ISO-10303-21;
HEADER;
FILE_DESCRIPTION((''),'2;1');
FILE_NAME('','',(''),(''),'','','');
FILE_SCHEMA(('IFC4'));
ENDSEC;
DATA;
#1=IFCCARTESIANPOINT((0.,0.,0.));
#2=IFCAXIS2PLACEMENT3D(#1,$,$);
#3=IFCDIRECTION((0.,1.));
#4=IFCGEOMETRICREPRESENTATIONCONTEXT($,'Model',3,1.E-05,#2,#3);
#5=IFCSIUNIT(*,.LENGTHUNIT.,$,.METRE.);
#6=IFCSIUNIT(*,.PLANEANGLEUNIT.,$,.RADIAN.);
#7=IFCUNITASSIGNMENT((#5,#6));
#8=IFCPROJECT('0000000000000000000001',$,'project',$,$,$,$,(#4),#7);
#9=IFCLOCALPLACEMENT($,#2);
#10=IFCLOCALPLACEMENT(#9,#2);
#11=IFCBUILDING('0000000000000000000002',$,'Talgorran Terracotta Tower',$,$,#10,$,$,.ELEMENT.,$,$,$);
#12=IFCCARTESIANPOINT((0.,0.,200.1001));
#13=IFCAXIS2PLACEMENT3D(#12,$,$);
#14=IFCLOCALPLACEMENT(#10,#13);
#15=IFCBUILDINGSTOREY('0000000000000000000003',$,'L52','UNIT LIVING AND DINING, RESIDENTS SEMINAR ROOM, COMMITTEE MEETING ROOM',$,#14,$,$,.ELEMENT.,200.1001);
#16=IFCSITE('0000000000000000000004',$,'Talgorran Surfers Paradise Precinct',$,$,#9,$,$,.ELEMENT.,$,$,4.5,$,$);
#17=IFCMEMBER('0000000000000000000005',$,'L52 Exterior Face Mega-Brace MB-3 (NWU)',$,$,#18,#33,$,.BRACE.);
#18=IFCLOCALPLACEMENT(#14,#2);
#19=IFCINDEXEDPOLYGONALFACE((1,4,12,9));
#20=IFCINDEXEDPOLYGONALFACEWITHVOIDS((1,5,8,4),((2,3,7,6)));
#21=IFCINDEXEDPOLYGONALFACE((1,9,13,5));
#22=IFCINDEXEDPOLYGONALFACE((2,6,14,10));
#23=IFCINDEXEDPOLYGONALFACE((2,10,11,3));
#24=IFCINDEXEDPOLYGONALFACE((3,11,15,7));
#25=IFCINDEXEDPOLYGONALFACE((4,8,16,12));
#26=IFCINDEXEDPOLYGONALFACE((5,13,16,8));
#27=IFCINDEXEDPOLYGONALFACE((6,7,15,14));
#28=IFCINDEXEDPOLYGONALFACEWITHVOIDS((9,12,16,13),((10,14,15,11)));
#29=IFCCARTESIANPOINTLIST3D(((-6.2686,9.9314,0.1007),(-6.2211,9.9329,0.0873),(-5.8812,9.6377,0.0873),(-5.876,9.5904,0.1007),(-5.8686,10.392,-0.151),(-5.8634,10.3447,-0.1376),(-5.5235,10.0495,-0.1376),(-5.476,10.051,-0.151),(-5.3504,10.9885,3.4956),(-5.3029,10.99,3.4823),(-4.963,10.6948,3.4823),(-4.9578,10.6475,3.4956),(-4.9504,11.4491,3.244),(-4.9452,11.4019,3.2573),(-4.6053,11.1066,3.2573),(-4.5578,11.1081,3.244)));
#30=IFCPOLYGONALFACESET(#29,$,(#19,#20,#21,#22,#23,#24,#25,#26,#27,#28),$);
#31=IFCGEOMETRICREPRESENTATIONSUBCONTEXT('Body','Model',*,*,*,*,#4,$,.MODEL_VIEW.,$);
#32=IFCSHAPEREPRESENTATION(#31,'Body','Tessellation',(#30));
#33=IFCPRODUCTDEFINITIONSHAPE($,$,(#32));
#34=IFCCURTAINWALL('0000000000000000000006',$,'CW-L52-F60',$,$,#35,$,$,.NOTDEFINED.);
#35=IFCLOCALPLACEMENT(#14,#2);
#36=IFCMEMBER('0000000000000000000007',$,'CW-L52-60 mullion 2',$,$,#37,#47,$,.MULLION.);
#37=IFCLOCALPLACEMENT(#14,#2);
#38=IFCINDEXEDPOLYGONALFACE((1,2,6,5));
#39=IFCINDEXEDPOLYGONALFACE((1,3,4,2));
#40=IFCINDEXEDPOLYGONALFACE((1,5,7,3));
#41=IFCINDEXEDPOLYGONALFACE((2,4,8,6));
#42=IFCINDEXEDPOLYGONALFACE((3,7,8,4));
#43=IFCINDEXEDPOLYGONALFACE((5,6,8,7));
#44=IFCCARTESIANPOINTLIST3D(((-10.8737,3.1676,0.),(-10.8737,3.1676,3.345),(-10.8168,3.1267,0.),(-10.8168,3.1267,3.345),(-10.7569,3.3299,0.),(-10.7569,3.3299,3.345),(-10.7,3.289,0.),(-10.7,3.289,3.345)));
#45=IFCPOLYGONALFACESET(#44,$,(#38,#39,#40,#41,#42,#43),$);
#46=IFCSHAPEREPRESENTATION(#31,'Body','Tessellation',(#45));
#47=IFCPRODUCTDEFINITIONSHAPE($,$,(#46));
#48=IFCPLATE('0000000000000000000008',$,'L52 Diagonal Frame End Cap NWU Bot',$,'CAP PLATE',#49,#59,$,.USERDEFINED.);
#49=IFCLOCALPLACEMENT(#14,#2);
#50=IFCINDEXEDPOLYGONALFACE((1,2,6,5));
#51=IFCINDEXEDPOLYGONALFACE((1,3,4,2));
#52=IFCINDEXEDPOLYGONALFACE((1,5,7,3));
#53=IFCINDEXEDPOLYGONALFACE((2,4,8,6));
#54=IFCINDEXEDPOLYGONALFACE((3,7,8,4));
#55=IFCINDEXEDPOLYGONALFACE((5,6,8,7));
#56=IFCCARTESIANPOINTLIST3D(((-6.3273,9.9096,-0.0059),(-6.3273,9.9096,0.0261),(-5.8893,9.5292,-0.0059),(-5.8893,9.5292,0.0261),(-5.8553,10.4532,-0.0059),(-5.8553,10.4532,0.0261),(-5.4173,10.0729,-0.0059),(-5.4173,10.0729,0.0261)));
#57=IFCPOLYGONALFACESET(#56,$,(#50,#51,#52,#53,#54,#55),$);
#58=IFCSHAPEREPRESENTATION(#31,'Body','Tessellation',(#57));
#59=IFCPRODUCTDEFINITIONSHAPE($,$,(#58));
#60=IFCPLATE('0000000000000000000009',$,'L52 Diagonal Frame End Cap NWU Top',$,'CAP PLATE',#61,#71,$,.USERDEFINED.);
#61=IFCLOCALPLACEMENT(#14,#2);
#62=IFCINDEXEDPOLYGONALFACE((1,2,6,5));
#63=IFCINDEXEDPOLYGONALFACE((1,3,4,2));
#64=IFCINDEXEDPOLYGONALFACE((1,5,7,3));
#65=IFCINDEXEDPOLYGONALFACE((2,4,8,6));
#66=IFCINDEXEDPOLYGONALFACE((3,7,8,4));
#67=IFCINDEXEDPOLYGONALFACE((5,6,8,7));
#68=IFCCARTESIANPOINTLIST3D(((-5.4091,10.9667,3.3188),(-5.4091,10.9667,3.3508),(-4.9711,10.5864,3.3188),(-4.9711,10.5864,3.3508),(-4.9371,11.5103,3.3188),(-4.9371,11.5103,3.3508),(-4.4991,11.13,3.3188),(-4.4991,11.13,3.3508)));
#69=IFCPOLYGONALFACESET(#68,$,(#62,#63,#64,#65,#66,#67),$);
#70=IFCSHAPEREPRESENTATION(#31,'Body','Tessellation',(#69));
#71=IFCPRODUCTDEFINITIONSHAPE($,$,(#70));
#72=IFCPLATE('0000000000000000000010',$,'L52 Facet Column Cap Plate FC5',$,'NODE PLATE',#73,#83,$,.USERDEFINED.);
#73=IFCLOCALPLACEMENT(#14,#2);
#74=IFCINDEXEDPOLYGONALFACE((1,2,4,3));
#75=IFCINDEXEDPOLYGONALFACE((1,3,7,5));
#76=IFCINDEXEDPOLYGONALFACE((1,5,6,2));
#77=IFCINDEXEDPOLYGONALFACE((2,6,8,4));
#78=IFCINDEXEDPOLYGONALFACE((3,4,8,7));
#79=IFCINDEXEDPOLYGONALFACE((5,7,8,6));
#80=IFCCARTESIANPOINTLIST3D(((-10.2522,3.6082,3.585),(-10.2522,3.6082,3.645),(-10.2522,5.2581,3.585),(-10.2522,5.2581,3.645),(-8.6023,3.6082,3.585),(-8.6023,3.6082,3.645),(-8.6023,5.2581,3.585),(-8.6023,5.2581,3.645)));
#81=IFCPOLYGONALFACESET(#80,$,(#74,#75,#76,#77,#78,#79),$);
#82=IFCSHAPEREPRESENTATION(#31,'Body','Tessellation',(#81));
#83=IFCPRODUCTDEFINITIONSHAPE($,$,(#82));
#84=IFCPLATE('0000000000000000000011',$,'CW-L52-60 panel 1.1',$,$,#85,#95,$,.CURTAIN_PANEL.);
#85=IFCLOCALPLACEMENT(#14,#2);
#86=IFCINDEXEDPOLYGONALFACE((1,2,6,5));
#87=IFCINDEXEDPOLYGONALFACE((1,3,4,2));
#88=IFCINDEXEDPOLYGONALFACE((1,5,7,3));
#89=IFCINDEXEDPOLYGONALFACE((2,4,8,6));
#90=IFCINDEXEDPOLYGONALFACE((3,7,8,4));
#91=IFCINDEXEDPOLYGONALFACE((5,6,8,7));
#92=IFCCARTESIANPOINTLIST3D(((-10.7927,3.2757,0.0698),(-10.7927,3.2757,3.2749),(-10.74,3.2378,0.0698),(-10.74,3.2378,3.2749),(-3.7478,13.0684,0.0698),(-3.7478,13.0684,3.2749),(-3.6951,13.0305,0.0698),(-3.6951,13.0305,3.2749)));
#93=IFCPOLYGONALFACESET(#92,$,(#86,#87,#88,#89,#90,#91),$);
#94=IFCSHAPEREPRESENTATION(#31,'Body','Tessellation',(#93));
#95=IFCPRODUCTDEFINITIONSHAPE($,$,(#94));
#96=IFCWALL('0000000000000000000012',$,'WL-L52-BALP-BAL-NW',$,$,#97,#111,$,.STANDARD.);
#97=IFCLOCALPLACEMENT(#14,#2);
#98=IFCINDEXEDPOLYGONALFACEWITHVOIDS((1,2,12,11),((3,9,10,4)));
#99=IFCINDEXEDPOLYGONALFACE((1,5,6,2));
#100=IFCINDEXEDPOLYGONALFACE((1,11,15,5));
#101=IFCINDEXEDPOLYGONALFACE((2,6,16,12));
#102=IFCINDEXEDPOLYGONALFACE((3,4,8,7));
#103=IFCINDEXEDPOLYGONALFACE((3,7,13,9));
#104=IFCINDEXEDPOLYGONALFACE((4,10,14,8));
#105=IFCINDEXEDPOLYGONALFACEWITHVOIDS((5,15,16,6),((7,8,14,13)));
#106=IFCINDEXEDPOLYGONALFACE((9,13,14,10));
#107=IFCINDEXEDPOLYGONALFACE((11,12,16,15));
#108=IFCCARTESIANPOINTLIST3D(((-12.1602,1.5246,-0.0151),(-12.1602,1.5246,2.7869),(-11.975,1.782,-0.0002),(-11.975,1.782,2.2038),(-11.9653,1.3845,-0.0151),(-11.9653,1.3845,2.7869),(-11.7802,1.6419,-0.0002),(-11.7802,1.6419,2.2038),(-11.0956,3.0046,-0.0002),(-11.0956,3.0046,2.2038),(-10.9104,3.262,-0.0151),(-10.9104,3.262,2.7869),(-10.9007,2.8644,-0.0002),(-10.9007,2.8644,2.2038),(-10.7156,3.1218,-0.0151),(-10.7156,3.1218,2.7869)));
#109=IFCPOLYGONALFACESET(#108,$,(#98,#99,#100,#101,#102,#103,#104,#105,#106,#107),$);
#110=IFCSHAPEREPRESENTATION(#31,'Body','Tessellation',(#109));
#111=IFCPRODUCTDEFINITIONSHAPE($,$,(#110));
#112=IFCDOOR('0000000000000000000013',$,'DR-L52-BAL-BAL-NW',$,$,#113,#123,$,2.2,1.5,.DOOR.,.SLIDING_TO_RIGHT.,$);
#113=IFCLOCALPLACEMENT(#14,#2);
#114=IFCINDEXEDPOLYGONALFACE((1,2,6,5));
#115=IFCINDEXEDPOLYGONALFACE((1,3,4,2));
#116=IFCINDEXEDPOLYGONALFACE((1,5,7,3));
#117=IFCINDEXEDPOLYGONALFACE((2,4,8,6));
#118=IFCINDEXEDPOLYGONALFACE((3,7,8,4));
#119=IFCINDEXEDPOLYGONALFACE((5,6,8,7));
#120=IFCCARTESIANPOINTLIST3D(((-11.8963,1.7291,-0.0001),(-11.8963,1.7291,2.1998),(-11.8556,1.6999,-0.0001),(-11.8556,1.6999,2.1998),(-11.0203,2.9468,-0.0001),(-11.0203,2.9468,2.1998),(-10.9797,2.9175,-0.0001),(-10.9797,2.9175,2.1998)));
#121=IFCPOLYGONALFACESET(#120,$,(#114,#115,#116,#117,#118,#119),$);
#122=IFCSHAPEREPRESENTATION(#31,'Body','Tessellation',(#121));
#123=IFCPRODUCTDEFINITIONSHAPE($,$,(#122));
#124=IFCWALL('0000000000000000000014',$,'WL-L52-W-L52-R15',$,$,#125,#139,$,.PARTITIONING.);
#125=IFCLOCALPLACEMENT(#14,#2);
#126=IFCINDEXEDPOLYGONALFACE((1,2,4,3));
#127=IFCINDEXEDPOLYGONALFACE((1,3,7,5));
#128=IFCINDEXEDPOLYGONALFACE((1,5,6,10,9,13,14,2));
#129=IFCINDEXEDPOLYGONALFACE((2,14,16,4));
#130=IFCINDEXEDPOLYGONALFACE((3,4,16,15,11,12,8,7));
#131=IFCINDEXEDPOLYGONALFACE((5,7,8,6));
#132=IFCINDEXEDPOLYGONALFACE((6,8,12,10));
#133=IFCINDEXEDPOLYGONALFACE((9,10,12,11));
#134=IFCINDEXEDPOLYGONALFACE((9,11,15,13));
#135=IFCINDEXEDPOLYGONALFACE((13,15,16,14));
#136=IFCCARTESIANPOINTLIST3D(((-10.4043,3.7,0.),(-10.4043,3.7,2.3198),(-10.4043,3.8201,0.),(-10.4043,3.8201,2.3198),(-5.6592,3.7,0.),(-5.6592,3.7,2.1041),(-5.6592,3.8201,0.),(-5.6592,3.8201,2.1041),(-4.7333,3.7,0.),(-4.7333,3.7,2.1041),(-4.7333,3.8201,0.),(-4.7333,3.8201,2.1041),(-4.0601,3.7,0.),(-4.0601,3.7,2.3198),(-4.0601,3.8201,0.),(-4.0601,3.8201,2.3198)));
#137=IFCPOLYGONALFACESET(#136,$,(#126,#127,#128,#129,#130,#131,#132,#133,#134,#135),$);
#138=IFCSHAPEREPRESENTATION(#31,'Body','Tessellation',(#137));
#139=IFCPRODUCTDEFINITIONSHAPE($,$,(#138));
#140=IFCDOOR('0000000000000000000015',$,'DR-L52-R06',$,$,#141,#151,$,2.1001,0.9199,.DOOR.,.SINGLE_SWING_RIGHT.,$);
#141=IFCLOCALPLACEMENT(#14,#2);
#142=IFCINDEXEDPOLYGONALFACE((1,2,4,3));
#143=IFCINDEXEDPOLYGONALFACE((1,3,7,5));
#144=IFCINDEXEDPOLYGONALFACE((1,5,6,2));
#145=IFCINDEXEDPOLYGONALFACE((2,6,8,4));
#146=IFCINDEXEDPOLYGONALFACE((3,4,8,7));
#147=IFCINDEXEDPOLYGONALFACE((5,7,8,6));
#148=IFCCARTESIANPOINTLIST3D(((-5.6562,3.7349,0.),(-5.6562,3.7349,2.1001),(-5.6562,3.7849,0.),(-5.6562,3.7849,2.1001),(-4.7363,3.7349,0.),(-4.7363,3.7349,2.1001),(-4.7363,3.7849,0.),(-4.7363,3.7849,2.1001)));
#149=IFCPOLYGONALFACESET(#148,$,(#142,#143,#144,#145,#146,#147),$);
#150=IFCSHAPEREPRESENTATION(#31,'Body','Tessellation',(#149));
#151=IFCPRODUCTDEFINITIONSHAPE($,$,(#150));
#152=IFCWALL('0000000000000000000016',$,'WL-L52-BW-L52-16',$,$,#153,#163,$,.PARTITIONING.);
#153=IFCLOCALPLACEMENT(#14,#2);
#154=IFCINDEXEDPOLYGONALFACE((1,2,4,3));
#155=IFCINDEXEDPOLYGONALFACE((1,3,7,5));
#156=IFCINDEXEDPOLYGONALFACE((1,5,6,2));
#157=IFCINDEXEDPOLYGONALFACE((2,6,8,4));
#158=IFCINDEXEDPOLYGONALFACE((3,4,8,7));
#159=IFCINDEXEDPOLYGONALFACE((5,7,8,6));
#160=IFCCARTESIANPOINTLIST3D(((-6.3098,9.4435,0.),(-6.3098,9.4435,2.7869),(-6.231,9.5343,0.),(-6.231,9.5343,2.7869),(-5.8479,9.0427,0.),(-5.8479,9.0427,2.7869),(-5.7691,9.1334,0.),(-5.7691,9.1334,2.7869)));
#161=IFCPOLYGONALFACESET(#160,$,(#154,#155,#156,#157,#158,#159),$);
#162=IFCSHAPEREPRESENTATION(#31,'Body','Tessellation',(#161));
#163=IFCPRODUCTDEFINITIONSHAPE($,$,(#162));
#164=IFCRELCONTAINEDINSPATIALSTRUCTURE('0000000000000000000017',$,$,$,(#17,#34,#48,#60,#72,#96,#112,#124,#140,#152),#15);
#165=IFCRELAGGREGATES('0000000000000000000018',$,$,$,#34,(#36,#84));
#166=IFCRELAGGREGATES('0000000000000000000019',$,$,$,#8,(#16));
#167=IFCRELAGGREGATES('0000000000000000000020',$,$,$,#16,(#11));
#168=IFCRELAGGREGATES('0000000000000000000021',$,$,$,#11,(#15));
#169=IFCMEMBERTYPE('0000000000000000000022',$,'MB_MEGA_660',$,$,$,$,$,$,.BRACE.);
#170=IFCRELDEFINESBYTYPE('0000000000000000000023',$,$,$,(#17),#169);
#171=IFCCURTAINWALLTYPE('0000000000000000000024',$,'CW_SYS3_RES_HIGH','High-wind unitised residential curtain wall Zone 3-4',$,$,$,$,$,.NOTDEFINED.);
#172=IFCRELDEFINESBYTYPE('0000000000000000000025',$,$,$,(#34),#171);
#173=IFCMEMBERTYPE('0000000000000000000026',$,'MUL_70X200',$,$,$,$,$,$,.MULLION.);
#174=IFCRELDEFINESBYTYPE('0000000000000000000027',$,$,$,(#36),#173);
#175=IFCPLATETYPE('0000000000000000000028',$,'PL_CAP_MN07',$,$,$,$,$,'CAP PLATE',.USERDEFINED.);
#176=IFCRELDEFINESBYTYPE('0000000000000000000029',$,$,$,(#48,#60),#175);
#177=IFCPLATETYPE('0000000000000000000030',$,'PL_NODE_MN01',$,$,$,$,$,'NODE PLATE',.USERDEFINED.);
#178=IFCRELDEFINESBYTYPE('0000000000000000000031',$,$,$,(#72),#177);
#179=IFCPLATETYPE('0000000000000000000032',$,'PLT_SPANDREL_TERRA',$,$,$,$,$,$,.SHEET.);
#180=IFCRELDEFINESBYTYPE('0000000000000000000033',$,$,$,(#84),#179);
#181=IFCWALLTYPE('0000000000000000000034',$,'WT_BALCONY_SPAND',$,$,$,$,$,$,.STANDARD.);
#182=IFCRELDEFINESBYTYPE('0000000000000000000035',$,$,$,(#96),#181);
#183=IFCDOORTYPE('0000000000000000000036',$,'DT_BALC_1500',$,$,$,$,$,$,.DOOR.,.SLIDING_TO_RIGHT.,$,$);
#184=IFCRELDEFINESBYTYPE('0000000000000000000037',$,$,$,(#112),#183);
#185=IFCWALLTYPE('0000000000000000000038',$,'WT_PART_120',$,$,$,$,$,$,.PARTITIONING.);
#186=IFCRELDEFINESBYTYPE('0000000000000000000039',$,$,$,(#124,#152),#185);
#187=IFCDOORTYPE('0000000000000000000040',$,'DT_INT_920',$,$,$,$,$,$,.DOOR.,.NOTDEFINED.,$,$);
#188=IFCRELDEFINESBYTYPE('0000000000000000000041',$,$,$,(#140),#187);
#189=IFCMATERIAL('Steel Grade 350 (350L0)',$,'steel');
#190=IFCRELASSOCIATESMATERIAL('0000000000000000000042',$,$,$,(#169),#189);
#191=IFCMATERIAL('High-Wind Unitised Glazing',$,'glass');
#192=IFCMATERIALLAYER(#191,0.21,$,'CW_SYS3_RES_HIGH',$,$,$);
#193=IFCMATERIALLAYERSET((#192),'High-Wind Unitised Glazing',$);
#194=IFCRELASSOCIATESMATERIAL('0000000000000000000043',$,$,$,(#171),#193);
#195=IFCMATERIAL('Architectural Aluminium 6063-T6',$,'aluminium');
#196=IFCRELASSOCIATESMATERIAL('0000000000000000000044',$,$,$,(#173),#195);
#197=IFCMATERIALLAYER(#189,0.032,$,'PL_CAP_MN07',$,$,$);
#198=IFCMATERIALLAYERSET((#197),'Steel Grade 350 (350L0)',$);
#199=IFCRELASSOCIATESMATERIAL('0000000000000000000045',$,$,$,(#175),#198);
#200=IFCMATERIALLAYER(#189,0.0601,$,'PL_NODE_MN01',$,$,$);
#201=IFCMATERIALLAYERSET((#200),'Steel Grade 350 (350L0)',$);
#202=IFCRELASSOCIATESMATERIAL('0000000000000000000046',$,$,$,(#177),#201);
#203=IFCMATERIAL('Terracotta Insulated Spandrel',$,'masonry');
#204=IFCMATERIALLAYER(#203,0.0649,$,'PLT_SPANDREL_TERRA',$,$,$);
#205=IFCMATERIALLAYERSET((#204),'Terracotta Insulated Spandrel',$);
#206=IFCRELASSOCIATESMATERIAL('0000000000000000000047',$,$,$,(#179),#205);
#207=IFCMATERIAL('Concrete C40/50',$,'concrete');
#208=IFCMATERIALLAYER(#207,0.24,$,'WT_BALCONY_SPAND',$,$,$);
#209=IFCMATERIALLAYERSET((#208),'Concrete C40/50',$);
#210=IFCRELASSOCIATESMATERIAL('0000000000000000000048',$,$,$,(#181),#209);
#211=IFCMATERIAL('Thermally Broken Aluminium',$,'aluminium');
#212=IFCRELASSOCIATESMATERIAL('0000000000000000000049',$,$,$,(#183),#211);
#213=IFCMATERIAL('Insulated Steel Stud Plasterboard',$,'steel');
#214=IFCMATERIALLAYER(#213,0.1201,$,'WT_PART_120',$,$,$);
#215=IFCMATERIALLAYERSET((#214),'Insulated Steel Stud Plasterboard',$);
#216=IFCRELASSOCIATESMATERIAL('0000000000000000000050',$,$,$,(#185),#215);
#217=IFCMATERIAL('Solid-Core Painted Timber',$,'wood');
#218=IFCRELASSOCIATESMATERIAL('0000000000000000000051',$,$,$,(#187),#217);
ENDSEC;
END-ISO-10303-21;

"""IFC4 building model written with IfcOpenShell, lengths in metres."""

from ifc_helpers import new_model, si_unit, direction, frame, frame_2d, origin, origin_2d, place, context, subcontext, project, spatial, rectangle, hollow_rectangle, extrude, source, transform, mapped, material, layer, layer_set, material_profile, profile_set, type_object, type_shapes, element, fill, aggregate, save


model = new_model("IFC4")

# Units and contexts
model_context = context("Model", 3, precision=1e-05, world=origin(), true_north=direction((0.0, 1.0)))
body_context = subcontext(model_context, "Body", "Model", "MODEL_VIEW")
ifc_project = project(units=[si_unit("LENGTHUNIT", "METRE"), si_unit("PLANEANGLEUNIT", "RADIAN")], contexts=[model_context])

# Site, building, storey
site_placement = place(None, origin())
site = spatial("IfcSite", under=ifc_project, at=site_placement, Name="Talgorran Surfers Paradise Precinct", CompositionType="ELEMENT", RefElevation=4.5)
building_placement = place(site_placement, origin())
building = spatial("IfcBuilding", under=site, at=building_placement, Name="Talgorran Terracotta Tower", CompositionType="ELEMENT")
storey_placement = place(building_placement, frame((0.0, 0.0, 200.1001)))
storey = spatial("IfcBuildingStorey", under=building, at=storey_placement, Name="L52", Description="UNIT LIVING AND DINING, RESIDENTS SEMINAR ROOM, COMMITTEE MEETING ROOM", CompositionType="ELEMENT", Elevation=200.1001)

# Shared definitions
ifc_material_1 = material(Name="Steel Grade 350 (350L0)", Category="steel")

# Member
ifc_material_profile_1 = material_profile(ifc_material_1, hollow_rectangle(XDim=0.52, YDim=0.6599, WallThickness=0.0349, at=origin_2d()), Name="WBOX660X520X35")
ifc_profile_set_1 = profile_set([ifc_material_profile_1], Name="Steel Grade 350 (350L0)")
member_type_1 = type_object("IfcMemberType", Name="MB_MEGA_660", PredefinedType="BRACE", material=ifc_profile_set_1)
member_1_placement = place(storey_placement, frame((-5.8723, 9.9912, -0.0251), z_axis=(0.250028, 0.287855, 0.92446), x_axis=(-0.75497, 0.65576, 0.0)))
element("IfcMember", 1, at=member_1_placement, inside=storey, type_object=member_type_1, Name="L52 Exterior Face Mega-Brace MB-3 (NWU)", PredefinedType="BRACE", context=body_context, shape_type="SweptSolid", body=[
    extrude(hollow_rectangle(XDim=0.52, YDim=0.6599, WallThickness=0.0349, at=origin_2d()), origin(), (0.0, 0.0, 1.0), 3.6724),
])

# Curtain wall, member
ifc_material_2 = material(Name="High-Wind Unitised Glazing", Category="glass")
ifc_layer_1 = layer(ifc_material_2, 0.21, Name="CW_SYS3_RES_HIGH")
ifc_layer_set_1 = layer_set([ifc_layer_1], Name="High-Wind Unitised Glazing")
curtain_wall_type = type_object("IfcCurtainWallType", Name="CW_SYS3_RES_HIGH", Description="High-wind unitised residential curtain wall Zone 3-4", PredefinedType="NOTDEFINED", material=ifc_layer_set_1)
curtain_wall_placement = place(storey_placement, origin())
curtain_wall = element("IfcCurtainWall", 2, at=curtain_wall_placement, inside=storey, type_object=curtain_wall_type, Name="CW-L52-F60", PredefinedType="NOTDEFINED")
ifc_material_3 = material(Name="Architectural Aluminium 6063-T6", Category="aluminium")
ifc_material_profile_2 = material_profile(ifc_material_3, rectangle(XDim=0.0701, YDim=0.2, at=origin_2d()), Name="CWM70X200")
ifc_profile_set_2 = profile_set([ifc_material_profile_2], Name="Architectural Aluminium 6063-T6")
member_type_2 = type_object("IfcMemberType", Name="MUL_70X200", PredefinedType="MULLION", material=ifc_profile_set_2)
member_2_placement = place(storey_placement, frame((-10.7869, 3.2283, 0.0), z_axis=(0.0, 0.0, 1.0), x_axis=(0.811764, -0.583986, 0.0)))
member_2 = element("IfcMember", 3, at=member_2_placement, type_object=member_type_2, Name="CW-L52-60 mullion 2", PredefinedType="MULLION", context=body_context, shape_type="SweptSolid", body=[
    extrude(rectangle(XDim=0.0701, YDim=0.2, at=origin_2d()), origin(), (0.0, 0.0, 1.0), 3.345),
])

# Plates
ifc_layer_2 = layer(ifc_material_1, 0.032, Name="PL_CAP_MN07")
ifc_layer_set_2 = layer_set([ifc_layer_2], Name="Steel Grade 350 (350L0)")
plate_type_1 = type_object("IfcPlateType", Name="PL_CAP_MN07", ElementType="CAP PLATE", PredefinedType="USERDEFINED", material=ifc_layer_set_2)
for number, where, z_axis, x_axis, name in (
    (4, (-5.8723, 9.9912, -0.0059), (0.0, 0.0, 1.0), (0.655664, 0.755053, 0.0), "L52 Diagonal Frame End Cap NWU Bot"),
    (5, (-4.9541, 11.0483, 3.3188), (0.0, 0.0, 1.0), (0.655664, 0.755053, 0.0), "L52 Diagonal Frame End Cap NWU Top"),
):
    element("IfcPlate", number, at=place(storey_placement, frame(where, z_axis=z_axis, x_axis=x_axis)), inside=storey, type_object=plate_type_1, Name=name, ObjectType="CAP PLATE", PredefinedType="USERDEFINED", context=body_context, shape_type="SweptSolid", body=[
        extrude(rectangle(XDim=0.72, YDim=0.5801, at=origin_2d()), origin(), (0.0, 0.0, 1.0), 0.032),
    ])
ifc_layer_3 = layer(ifc_material_1, 0.0601, Name="PL_NODE_MN01")
ifc_layer_set_3 = layer_set([ifc_layer_3], Name="Steel Grade 350 (350L0)")
plate_type_2 = type_object("IfcPlateType", Name="PL_NODE_MN01", ElementType="NODE PLATE", PredefinedType="USERDEFINED", material=ifc_layer_set_3)
plate_1_placement = place(storey_placement, frame((-9.4272, 4.4331, 3.585), z_axis=(0.0, 0.0, 1.0), x_axis=(1.0, 0.0, 0.0)))
element("IfcPlate", 6, at=plate_1_placement, inside=storey, type_object=plate_type_2, Name="L52 Facet Column Cap Plate FC5", ObjectType="NODE PLATE", PredefinedType="USERDEFINED", context=body_context, shape_type="SweptSolid", body=[
    extrude(rectangle(XDim=1.6499, YDim=1.6499, at=origin_2d()), origin(), (0.0, 0.0, 1.0), 0.0601),
])

# Plate
ifc_material_4 = material(Name="Terracotta Insulated Spandrel", Category="masonry")
ifc_layer_4 = layer(ifc_material_4, 0.0649, Name="PLT_SPANDREL_TERRA")
ifc_layer_set_4 = layer_set([ifc_layer_4], Name="Terracotta Insulated Spandrel")
plate_type_3 = type_object("IfcPlateType", Name="PLT_SPANDREL_TERRA", PredefinedType="SHEET", material=ifc_layer_set_4)
shared_shape = source(origin(), body_context, "Body", "SweptSolid", [
    extrude(rectangle(XDim=12.0635, YDim=0.0649, at=origin_2d()), origin(), (0.0, 0.0, 1.0), 3.2051),
])
type_shapes(plate_type_3, [shared_shape])
plate_2_placement = place(storey_placement, frame((-7.2439, 8.1531, 0.0698), z_axis=(0.0, 0.0, 1.0), x_axis=(-0.583986, -0.811764, 0.0)))
plate_2 = element("IfcPlate", 7, at=plate_2_placement, type_object=plate_type_3, Name="CW-L52-60 panel 1.1", PredefinedType="CURTAIN_PANEL", context=body_context, shape_type="MappedRepresentation", body=[
    mapped(shared_shape, transform((0.0, 0.0, 0.0), scale=1.0)),
])
aggregate(curtain_wall, [member_2, plate_2])

# Walls, openings, doors
ifc_material_5 = material(Name="Concrete C40/50", Category="concrete")
ifc_layer_5 = layer(ifc_material_5, 0.24, Name="WT_BALCONY_SPAND")
ifc_layer_set_5 = layer_set([ifc_layer_5], Name="Concrete C40/50")
wall_type_1 = type_object("IfcWallType", Name="WT_BALCONY_SPAND", PredefinedType="STANDARD", material=ifc_layer_set_5)
wall_1_placement = place(storey_placement, frame((-10.813, 3.1919, -0.0151), z_axis=(0.0, 0.0, 1.0), x_axis=(-0.583965, -0.811779, 0.0)))
wall_1 = element("IfcWall", 8, at=wall_1_placement, inside=storey, type_object=wall_type_1, Name="WL-L52-BALP-BAL-NW", PredefinedType="STANDARD", context=body_context, shape_type="SweptSolid", body=[
    extrude(rectangle(XDim=2.1401, YDim=0.24, at=frame_2d((1.0701, 0.0))), origin(), (0.0, 0.0, 1.0), 2.802),
])
opening_1_placement = place(wall_1_placement, frame((0.3201, 0.0, 0.0149)))
opening_1 = element("IfcOpeningElement", 9, at=opening_1_placement, cuts=wall_1, PredefinedType="OPENING", context=body_context, shape_type="SweptSolid", body=[
    extrude(rectangle(XDim=1.506, YDim=2.204, at=frame_2d((0.75, 1.1021))), frame((0.0, 0.1299, 0.0), z_axis=(0.0, -1.0, 0.0), x_axis=(1.0, 0.0, 0.0)), (0.0, 0.0, 1.0), 0.26),
])
ifc_material_6 = material(Name="Thermally Broken Aluminium", Category="aluminium")
door_type_1 = type_object("IfcDoorType", Name="DT_BALC_1500", OperationType="SLIDING_TO_RIGHT", PredefinedType="DOOR", material=ifc_material_6)
door_1_placement = place(opening_1_placement, origin())
door_1 = element("IfcDoor", 10, at=door_1_placement, inside=storey, type_object=door_type_1, Name="DR-L52-BAL-BAL-NW", OperationType="SLIDING_TO_RIGHT", OverallHeight=2.2, OverallWidth=1.5, PredefinedType="DOOR", context=body_context, shape_type="SweptSolid", body=[
    extrude(rectangle(XDim=1.5, YDim=2.2, at=frame_2d((0.75, 1.1001))), frame((0.0, 0.0249, 0.0), z_axis=(0.0, -1.0, 0.0), x_axis=(1.0, 0.0, 0.0)), (0.0, 0.0, 1.0), 0.05),
])
fill(opening_1, door_1)
ifc_material_7 = material(Name="Insulated Steel Stud Plasterboard", Category="steel")
ifc_layer_6 = layer(ifc_material_7, 0.1201, Name="WT_PART_120")
ifc_layer_set_6 = layer_set([ifc_layer_6], Name="Insulated Steel Stud Plasterboard")
wall_type_2 = type_object("IfcWallType", Name="WT_PART_120", PredefinedType="PARTITIONING", material=ifc_layer_set_6)
wall_2_placement = place(storey_placement, frame((-10.4043, 3.76, 0.0), z_axis=(0.0, 0.0, 1.0), x_axis=(1.0, 0.0, 0.0)))
wall_2 = element("IfcWall", 11, at=wall_2_placement, inside=storey, type_object=wall_type_2, Name="WL-L52-W-L52-R15", PredefinedType="PARTITIONING", context=body_context, shape_type="SweptSolid", body=[
    extrude(rectangle(XDim=6.3442, YDim=0.1201, at=frame_2d((3.1721, 0.0))), origin(), (0.0, 0.0, 1.0), 2.3198),
])
opening_2_placement = place(wall_2_placement, frame((4.748, 0.0, 0.0)))
opening_2 = element("IfcOpeningElement", 12, at=opening_2_placement, cuts=wall_2, PredefinedType="OPENING", context=body_context, shape_type="SweptSolid", body=[
    extrude(rectangle(XDim=0.9259, YDim=2.1041, at=frame_2d((0.46, 1.052))), frame((0.0, 0.0701, 0.0), z_axis=(0.0, -1.0, 0.0), x_axis=(1.0, 0.0, 0.0)), (0.0, 0.0, 1.0), 0.1401),
])
ifc_material_8 = material(Name="Solid-Core Painted Timber", Category="wood")
door_type_2 = type_object("IfcDoorType", Name="DT_INT_920", OperationType="NOTDEFINED", PredefinedType="DOOR", material=ifc_material_8)
door_2_placement = place(opening_2_placement, origin())
door_2 = element("IfcDoor", 13, at=door_2_placement, inside=storey, type_object=door_type_2, Name="DR-L52-R06", OperationType="SINGLE_SWING_RIGHT", OverallHeight=2.1001, OverallWidth=0.9199, PredefinedType="DOOR", context=body_context, shape_type="SweptSolid", body=[
    extrude(rectangle(XDim=0.9199, YDim=2.1001, at=frame_2d((0.46, 1.05))), frame((0.0, 0.0249, 0.0), z_axis=(0.0, -1.0, 0.0), x_axis=(1.0, 0.0, 0.0)), (0.0, 0.0, 1.0), 0.05),
])
fill(opening_2, door_2)

# Wall
wall_3_placement = place(storey_placement, frame((-5.8086, 9.0881, 0.0), z_axis=(0.0, 0.0, 1.0), x_axis=(-0.755241, 0.655447, 0.0)))
element("IfcWall", 14, at=wall_3_placement, inside=storey, type_object=wall_type_2, Name="WL-L52-BW-L52-16", PredefinedType="PARTITIONING", context=body_context, shape_type="SweptSolid", body=[
    extrude(rectangle(XDim=0.6116, YDim=0.1201, at=frame_2d((0.3057, 0.0))), origin(), (0.0, 0.0, 1.0), 2.7869),
])

save(model, "model.ifc")
